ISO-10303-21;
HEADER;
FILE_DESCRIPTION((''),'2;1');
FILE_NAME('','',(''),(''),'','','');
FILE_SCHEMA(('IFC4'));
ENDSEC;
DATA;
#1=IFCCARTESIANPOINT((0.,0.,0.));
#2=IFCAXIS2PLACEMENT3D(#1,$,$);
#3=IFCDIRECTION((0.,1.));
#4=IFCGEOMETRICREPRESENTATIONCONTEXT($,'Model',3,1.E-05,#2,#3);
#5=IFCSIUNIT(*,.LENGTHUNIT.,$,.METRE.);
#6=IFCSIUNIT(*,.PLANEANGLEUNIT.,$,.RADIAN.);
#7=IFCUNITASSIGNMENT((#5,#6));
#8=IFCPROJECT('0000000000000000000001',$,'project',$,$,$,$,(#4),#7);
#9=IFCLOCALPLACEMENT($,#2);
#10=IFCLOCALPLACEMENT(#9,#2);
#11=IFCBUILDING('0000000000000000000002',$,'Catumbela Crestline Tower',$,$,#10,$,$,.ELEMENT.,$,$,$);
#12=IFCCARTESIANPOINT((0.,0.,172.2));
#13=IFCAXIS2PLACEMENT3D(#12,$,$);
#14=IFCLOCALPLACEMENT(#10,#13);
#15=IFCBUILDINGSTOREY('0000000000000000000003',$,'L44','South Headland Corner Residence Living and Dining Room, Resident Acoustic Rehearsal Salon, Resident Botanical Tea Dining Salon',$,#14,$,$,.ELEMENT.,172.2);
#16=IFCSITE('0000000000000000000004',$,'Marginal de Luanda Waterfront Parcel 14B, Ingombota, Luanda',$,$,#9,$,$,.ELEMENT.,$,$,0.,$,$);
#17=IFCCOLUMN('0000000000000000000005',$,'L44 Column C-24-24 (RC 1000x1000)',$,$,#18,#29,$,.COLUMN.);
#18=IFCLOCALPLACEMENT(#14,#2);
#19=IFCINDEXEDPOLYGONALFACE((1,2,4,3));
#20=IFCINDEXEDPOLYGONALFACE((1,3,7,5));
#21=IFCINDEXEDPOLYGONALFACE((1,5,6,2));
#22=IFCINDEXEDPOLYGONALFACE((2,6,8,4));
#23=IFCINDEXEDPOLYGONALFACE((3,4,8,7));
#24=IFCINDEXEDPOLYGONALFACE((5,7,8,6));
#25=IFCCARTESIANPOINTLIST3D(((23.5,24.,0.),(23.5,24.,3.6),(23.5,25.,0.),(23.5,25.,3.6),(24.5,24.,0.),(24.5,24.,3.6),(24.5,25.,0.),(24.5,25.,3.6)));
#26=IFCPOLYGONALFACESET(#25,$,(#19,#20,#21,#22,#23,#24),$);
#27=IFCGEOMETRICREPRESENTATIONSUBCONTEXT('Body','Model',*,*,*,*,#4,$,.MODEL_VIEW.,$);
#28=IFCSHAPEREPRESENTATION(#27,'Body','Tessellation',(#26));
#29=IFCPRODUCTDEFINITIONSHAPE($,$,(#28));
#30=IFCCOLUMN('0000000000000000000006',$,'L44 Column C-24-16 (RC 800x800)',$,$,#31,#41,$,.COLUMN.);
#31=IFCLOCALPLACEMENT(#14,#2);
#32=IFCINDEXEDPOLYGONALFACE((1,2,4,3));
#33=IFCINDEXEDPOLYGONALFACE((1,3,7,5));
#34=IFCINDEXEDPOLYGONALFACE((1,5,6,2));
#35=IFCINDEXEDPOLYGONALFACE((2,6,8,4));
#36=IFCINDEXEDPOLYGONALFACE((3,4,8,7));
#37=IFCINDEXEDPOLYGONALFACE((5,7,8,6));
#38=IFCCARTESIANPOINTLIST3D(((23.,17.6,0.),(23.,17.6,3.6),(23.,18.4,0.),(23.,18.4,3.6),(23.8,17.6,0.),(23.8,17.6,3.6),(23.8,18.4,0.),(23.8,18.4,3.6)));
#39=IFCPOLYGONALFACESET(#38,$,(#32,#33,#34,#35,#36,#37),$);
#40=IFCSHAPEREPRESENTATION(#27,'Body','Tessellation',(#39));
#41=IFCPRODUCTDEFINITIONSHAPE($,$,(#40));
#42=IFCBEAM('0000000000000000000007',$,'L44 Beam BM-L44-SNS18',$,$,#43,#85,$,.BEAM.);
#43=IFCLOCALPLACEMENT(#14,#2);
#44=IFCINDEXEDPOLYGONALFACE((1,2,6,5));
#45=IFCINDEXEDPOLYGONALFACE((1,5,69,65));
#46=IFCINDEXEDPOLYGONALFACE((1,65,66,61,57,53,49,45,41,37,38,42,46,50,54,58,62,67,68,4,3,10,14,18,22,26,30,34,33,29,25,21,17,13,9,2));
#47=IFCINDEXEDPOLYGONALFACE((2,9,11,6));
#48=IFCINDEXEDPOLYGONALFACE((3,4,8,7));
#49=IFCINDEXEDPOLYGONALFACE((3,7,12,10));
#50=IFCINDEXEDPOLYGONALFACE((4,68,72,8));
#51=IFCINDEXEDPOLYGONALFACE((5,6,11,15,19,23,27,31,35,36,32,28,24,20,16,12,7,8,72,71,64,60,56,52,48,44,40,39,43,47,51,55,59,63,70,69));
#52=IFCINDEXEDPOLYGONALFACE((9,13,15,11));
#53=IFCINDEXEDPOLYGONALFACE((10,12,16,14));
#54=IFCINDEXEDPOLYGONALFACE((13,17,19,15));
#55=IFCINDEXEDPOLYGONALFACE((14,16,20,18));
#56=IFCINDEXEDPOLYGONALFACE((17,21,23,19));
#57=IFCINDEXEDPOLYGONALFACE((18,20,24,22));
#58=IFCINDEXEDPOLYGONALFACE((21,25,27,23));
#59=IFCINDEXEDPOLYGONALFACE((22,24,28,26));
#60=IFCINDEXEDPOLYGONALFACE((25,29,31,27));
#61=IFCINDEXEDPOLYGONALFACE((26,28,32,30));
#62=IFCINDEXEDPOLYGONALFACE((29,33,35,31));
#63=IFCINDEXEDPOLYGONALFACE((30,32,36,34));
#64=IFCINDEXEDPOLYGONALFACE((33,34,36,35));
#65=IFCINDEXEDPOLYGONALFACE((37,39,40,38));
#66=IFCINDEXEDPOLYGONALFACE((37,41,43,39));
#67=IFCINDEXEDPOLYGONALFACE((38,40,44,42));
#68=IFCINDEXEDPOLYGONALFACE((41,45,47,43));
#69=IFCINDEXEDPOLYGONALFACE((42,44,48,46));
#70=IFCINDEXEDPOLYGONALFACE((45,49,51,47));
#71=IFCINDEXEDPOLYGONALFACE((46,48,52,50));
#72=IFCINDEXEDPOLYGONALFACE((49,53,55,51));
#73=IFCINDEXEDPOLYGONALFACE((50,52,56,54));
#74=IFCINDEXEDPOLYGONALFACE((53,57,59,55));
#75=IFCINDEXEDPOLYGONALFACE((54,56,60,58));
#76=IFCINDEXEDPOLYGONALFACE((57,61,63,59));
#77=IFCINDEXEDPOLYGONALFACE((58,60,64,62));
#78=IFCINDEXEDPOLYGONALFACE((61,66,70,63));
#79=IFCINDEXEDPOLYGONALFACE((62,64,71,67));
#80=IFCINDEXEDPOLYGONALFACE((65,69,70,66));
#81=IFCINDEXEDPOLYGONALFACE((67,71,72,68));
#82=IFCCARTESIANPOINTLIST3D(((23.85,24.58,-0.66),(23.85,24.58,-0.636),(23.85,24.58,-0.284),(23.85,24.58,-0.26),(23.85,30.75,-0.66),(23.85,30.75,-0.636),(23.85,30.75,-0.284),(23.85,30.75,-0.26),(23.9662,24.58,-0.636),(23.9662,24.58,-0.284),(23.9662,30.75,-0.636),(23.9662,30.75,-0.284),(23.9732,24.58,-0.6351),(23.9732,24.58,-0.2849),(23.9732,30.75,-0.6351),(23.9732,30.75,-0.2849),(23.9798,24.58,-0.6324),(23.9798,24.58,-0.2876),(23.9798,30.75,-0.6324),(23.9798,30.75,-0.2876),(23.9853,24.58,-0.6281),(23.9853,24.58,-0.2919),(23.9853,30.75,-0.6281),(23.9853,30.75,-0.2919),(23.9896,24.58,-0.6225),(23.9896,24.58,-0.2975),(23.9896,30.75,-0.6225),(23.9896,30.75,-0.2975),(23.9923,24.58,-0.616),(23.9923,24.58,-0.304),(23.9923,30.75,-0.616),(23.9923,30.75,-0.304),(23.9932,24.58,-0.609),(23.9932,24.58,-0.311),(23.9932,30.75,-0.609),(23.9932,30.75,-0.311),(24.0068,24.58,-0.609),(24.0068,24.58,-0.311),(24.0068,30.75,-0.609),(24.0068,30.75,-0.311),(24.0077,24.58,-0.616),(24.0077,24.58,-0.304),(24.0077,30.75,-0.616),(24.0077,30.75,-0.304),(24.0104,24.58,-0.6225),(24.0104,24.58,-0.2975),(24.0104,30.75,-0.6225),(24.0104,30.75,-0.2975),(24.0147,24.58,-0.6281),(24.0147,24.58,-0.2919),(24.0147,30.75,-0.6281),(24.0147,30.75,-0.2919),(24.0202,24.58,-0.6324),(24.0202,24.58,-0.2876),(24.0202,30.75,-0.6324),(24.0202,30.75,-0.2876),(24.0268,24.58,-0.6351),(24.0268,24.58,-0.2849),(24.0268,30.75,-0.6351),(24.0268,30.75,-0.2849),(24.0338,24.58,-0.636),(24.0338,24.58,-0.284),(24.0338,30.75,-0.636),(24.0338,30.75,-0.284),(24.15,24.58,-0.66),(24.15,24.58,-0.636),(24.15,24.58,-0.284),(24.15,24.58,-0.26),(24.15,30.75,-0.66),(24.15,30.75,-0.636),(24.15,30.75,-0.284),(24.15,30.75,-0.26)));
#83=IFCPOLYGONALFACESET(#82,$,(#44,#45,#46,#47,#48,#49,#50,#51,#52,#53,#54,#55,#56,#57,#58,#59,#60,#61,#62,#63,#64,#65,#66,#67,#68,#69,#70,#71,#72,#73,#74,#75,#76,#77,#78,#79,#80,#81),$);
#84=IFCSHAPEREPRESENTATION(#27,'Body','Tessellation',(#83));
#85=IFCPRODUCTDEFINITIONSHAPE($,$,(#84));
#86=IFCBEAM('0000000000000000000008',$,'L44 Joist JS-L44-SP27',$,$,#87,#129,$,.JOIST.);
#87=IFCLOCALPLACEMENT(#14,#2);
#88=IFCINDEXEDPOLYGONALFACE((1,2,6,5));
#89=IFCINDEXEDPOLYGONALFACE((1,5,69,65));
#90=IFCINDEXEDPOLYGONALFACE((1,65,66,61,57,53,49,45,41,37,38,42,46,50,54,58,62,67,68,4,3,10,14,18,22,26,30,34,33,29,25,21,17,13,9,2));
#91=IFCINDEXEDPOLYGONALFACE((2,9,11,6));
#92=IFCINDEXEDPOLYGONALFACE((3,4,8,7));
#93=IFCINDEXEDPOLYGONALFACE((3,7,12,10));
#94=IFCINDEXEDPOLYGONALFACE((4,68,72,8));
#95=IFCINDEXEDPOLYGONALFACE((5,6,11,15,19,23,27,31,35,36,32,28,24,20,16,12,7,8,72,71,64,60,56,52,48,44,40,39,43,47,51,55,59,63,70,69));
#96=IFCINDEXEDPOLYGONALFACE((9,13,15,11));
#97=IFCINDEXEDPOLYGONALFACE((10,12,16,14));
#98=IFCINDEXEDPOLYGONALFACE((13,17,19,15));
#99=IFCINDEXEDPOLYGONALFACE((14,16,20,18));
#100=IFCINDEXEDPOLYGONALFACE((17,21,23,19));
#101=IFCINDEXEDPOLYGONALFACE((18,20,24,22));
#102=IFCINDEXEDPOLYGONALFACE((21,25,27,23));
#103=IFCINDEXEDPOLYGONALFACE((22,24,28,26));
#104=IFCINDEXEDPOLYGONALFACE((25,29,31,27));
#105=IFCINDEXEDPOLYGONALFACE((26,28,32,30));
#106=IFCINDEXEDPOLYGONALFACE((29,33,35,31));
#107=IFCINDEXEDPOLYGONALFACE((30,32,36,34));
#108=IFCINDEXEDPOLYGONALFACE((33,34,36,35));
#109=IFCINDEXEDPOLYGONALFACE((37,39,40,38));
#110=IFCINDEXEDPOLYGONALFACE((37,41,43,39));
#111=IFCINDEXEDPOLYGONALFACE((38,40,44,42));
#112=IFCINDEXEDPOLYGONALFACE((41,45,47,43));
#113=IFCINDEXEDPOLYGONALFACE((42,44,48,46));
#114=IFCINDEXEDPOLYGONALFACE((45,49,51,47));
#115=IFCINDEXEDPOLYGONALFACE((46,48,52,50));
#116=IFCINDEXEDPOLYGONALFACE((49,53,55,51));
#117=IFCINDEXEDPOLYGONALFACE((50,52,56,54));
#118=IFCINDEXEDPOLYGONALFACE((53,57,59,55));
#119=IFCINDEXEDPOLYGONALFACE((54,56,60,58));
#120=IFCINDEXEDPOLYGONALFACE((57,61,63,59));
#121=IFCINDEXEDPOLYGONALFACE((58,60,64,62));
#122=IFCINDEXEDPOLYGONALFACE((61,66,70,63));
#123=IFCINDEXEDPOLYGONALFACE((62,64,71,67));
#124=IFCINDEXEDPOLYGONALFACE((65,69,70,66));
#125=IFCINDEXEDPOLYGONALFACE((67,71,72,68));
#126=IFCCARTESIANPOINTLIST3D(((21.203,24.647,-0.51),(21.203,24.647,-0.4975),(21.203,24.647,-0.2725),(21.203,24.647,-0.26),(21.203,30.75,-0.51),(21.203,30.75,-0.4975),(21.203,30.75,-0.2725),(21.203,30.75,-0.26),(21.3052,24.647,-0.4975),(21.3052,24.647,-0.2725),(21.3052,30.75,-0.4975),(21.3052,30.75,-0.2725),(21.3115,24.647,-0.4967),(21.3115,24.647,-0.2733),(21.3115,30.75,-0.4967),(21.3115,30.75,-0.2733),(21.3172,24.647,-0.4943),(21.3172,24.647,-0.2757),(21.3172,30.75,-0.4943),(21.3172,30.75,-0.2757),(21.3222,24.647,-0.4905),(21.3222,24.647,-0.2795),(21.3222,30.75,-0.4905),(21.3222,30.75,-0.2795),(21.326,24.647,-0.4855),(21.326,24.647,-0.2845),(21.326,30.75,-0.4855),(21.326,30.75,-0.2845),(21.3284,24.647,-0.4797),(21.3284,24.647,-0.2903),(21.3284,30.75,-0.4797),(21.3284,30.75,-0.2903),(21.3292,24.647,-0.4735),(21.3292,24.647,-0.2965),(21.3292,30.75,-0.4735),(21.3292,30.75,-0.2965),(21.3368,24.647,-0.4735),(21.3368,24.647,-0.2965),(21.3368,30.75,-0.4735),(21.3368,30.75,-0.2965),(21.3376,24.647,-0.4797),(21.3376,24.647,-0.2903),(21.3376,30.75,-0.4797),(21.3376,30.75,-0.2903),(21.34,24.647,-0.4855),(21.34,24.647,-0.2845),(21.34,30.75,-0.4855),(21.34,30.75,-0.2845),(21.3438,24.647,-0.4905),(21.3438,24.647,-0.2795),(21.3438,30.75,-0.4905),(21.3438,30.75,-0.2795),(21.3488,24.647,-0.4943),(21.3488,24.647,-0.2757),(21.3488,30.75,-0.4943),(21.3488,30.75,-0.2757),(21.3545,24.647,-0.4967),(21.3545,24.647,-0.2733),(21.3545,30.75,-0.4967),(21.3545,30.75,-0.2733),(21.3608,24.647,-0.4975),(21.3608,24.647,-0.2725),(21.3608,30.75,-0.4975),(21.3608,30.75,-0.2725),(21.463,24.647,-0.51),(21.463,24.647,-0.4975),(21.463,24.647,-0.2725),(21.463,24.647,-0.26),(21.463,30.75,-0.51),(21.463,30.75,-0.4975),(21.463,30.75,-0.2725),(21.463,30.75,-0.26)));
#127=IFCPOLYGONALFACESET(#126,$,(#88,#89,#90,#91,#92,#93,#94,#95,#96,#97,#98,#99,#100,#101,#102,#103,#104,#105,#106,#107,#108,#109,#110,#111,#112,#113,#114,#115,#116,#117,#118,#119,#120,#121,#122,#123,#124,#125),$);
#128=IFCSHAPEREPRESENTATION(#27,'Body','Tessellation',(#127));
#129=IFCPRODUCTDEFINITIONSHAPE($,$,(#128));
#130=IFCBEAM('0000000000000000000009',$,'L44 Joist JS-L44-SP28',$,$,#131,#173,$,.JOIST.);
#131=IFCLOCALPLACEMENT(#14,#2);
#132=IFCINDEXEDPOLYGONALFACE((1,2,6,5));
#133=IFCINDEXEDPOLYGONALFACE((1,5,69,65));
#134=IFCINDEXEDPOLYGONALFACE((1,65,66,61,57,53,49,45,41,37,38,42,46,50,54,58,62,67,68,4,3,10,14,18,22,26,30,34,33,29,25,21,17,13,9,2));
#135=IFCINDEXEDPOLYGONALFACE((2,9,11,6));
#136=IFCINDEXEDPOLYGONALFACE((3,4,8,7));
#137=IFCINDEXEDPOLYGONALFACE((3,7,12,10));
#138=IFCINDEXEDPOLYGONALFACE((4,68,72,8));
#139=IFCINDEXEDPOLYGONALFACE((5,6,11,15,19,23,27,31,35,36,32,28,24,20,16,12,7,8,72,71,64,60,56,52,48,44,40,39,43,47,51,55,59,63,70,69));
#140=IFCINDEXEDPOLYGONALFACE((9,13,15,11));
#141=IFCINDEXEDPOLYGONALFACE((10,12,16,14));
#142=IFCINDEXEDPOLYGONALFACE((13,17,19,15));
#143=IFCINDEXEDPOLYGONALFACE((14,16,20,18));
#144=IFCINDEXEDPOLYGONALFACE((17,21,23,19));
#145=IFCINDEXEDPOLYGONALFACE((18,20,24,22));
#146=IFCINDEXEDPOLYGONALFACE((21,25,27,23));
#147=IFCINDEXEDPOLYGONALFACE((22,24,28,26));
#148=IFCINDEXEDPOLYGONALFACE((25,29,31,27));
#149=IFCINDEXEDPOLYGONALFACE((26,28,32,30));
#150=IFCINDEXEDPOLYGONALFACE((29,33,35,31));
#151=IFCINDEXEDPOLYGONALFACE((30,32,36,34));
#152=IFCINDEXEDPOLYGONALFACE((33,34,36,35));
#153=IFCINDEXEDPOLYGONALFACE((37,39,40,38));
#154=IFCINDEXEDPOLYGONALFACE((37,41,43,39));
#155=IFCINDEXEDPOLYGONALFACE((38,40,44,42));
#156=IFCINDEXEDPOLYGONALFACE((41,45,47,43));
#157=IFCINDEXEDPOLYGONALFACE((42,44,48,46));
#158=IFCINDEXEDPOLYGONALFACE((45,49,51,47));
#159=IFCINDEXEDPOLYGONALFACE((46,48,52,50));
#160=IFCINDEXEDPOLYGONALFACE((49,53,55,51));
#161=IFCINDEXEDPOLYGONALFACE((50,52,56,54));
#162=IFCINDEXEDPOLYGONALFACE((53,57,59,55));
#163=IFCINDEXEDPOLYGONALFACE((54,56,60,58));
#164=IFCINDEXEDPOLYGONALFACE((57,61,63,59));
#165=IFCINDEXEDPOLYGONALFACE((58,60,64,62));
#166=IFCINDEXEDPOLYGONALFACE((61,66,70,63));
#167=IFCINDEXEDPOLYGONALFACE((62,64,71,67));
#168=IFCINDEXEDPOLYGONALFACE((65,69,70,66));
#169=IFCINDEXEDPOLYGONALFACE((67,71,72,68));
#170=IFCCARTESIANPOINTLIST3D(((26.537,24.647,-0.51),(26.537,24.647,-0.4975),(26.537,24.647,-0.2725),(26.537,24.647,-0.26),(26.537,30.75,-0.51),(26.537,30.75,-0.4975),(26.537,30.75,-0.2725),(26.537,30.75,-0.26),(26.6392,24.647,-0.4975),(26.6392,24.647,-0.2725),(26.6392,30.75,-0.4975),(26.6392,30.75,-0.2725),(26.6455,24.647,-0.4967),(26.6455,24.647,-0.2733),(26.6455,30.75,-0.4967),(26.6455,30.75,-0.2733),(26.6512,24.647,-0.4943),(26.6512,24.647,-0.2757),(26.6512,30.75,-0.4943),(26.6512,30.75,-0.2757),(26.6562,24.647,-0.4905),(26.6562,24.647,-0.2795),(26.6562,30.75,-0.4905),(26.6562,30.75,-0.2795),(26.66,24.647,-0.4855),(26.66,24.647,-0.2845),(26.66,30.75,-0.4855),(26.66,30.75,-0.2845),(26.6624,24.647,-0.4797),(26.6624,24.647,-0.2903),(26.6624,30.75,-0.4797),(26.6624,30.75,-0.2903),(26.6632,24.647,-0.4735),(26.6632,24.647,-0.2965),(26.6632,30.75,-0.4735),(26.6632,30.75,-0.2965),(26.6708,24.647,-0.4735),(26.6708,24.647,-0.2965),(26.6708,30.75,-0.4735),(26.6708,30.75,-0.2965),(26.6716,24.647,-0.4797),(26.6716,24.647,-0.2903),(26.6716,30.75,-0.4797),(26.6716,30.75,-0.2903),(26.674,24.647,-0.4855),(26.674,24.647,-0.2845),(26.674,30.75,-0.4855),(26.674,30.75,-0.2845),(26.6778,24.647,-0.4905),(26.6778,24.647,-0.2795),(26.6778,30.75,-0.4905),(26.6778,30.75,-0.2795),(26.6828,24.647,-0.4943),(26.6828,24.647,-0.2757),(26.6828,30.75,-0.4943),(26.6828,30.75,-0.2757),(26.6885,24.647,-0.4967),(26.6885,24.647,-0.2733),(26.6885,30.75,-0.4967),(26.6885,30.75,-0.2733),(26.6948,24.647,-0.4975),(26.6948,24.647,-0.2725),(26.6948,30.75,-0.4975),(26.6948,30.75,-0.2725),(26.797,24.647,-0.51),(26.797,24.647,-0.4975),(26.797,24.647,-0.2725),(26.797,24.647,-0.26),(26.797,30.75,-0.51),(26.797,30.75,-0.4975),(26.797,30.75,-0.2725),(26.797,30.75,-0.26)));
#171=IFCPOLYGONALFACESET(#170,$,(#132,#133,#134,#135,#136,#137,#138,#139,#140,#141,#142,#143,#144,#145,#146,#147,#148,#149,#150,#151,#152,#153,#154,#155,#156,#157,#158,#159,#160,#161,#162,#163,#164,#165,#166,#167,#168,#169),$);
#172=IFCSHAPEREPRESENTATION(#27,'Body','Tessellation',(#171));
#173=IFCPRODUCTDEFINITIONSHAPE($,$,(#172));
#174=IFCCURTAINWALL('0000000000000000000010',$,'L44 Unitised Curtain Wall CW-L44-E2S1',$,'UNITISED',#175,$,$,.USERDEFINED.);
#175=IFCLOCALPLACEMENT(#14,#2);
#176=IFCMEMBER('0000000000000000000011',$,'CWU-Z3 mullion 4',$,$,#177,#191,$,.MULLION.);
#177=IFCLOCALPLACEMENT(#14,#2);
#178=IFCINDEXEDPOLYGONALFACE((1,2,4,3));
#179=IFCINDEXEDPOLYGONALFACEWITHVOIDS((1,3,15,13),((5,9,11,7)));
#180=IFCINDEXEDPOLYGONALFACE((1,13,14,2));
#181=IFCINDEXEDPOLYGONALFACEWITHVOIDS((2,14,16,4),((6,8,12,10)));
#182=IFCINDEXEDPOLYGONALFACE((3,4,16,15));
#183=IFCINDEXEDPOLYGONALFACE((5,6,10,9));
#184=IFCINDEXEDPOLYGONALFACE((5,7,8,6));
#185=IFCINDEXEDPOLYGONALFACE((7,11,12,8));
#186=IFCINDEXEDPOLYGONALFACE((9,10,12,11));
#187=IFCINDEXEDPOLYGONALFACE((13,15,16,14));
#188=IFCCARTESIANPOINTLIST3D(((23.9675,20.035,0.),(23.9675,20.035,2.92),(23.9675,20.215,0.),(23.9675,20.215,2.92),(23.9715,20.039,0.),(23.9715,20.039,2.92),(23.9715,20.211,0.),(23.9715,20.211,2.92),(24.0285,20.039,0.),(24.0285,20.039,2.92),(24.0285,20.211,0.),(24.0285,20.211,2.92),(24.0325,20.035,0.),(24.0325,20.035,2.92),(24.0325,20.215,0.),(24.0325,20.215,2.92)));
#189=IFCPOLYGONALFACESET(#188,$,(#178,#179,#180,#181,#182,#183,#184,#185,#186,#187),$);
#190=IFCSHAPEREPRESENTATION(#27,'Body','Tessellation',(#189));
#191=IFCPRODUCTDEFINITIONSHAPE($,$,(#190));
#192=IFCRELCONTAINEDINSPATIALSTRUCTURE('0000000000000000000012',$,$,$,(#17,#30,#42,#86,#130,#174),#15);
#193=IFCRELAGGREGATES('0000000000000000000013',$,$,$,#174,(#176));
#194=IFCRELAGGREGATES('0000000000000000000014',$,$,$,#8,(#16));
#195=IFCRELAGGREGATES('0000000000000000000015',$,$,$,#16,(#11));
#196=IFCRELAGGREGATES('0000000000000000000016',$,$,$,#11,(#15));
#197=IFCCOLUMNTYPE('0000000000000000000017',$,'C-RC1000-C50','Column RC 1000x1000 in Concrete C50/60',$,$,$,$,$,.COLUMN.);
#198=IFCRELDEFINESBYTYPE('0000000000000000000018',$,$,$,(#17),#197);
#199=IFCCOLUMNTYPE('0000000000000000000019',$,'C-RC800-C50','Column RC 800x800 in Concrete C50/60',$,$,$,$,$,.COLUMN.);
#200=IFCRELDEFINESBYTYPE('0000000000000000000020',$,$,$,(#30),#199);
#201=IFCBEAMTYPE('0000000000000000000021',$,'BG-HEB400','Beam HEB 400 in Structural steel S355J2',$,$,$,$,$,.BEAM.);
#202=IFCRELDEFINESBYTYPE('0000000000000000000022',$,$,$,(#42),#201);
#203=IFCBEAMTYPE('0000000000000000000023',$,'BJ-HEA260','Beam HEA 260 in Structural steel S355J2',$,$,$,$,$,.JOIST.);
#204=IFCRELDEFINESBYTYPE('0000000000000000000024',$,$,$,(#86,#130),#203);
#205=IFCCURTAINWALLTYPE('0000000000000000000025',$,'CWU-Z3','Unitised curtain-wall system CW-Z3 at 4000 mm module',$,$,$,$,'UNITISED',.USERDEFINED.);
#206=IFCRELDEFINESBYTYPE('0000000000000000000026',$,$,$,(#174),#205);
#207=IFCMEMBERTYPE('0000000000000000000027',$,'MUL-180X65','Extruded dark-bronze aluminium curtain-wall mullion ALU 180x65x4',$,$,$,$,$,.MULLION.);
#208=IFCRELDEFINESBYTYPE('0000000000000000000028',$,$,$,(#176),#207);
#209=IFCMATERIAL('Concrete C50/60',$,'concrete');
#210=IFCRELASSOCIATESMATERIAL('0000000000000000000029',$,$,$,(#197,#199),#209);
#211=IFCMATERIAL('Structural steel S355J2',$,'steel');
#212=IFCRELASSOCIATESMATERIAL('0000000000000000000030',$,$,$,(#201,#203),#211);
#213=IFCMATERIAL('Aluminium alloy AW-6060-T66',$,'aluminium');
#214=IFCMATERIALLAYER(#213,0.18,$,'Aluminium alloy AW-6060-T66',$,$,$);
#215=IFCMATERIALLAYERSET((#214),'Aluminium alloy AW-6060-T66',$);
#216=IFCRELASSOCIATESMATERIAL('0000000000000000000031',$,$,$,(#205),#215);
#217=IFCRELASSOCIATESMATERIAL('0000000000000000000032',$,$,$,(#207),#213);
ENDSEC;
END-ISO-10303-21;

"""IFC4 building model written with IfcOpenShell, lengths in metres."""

from ifc_helpers import new_model, si_unit, direction, frame, origin, origin_2d, place, context, subcontext, project, spatial, rectangle, hollow_rectangle, i_section, extrude, material, layer, layer_set, material_profile, profile_set, type_object, element, aggregate, save


model = new_model("IFC4")

# Units and contexts
model_context = context("Model", 3, precision=1e-05, world=origin(), true_north=direction((0.0, 1.0)))
body_context = subcontext(model_context, "Body", "Model", "MODEL_VIEW")
ifc_project = project(units=[si_unit("LENGTHUNIT", "METRE"), si_unit("PLANEANGLEUNIT", "RADIAN")], contexts=[model_context])

# Site, building, storey
site_placement = place(None, origin())
site = spatial("IfcSite", under=ifc_project, at=site_placement, Name="Marginal de Luanda Waterfront Parcel 14B, Ingombota, Luanda", CompositionType="ELEMENT", RefElevation=0.0)
building_placement = place(site_placement, origin())
building = spatial("IfcBuilding", under=site, at=building_placement, Name="Catumbela Crestline Tower", CompositionType="ELEMENT")
storey_placement = place(building_placement, frame((0.0, 0.0, 172.2)))
storey = spatial("IfcBuildingStorey", under=building, at=storey_placement, Name="L44", Description="South Headland Corner Residence Living and Dining Room, Resident Acoustic Rehearsal Salon, Resident Botanical Tea Dining Salon", CompositionType="ELEMENT", Elevation=172.2)

# Columns
ifc_material_1 = material(Name="Concrete C50/60", Category="concrete")
ifc_material_profile_1 = material_profile(ifc_material_1, rectangle(XDim=1.0, YDim=1.0, at=origin_2d()), Name="RC 1000x1000")
ifc_profile_set_1 = profile_set([ifc_material_profile_1], Name="Concrete C50/60")
column_type_1 = type_object("IfcColumnType", Name="C-RC1000-C50", Description="Column RC 1000x1000 in Concrete C50/60", PredefinedType="COLUMN", material=ifc_profile_set_1)
column_1_placement = place(storey_placement, frame((24.0, 24.5, 0.0), z_axis=(0.0, 0.0, 1.0), x_axis=(1.0, 0.0, 0.0)))
element("IfcColumn", 1, at=column_1_placement, inside=storey, type_object=column_type_1, Name="L44 Column C-24-24 (RC 1000x1000)", PredefinedType="COLUMN", context=body_context, shape_type="SweptSolid", body=[
    extrude(rectangle(XDim=1.0, YDim=1.0, at=origin_2d()), origin(), (0.0, 0.0, 1.0), 3.6),
])
ifc_material_profile_2 = material_profile(ifc_material_1, rectangle(XDim=0.8, YDim=0.8, at=origin_2d()), Name="RC 800x800")
ifc_profile_set_2 = profile_set([ifc_material_profile_2], Name="Concrete C50/60")
column_type_2 = type_object("IfcColumnType", Name="C-RC800-C50", Description="Column RC 800x800 in Concrete C50/60", PredefinedType="COLUMN", material=ifc_profile_set_2)
column_2_placement = place(storey_placement, frame((23.4, 18.0, 0.0), z_axis=(0.0, 0.0, 1.0), x_axis=(1.0, 0.0, 0.0)))
element("IfcColumn", 2, at=column_2_placement, inside=storey, type_object=column_type_2, Name="L44 Column C-24-16 (RC 800x800)", PredefinedType="COLUMN", context=body_context, shape_type="SweptSolid", body=[
    extrude(rectangle(XDim=0.8, YDim=0.8, at=origin_2d()), origin(), (0.0, 0.0, 1.0), 3.6),
])

# Beams
ifc_material_2 = material(Name="Structural steel S355J2", Category="steel")
ifc_material_profile_3 = material_profile(ifc_material_2, i_section(OverallWidth=0.3, OverallDepth=0.4, WebThickness=0.0135, FlangeThickness=0.024, FilletRadius=0.027, at=origin_2d()), Name="HEB 400")
ifc_profile_set_3 = profile_set([ifc_material_profile_3], Name="Structural steel S355J2")
beam_type_1 = type_object("IfcBeamType", Name="BG-HEB400", Description="Beam HEB 400 in Structural steel S355J2", PredefinedType="BEAM", material=ifc_profile_set_3)
beam_1_placement = place(storey_placement, frame((24.0, 24.58, -0.46), z_axis=(0.0, 1.0, 0.0), x_axis=(-1.0, 0.0, 0.0)))
element("IfcBeam", 3, at=beam_1_placement, inside=storey, type_object=beam_type_1, Name="L44 Beam BM-L44-SNS18", PredefinedType="BEAM", context=body_context, shape_type="SweptSolid", body=[
    extrude(i_section(OverallWidth=0.3, OverallDepth=0.4, WebThickness=0.0135, FlangeThickness=0.024, FilletRadius=0.027, at=origin_2d()), origin(), (0.0, 0.0, 1.0), 6.17),
])
ifc_material_profile_4 = material_profile(ifc_material_2, i_section(OverallWidth=0.26, OverallDepth=0.25, WebThickness=0.0075, FlangeThickness=0.0125, FilletRadius=0.024, at=origin_2d()), Name="HEA 260")
ifc_profile_set_4 = profile_set([ifc_material_profile_4], Name="Structural steel S355J2")
beam_type_2 = type_object("IfcBeamType", Name="BJ-HEA260", Description="Beam HEA 260 in Structural steel S355J2", PredefinedType="JOIST", material=ifc_profile_set_4)
for number, where, z_axis, x_axis, name in (
    (4, (21.333, 24.647, -0.385), (0.0, 1.0, 0.0), (-1.0, 0.0, 0.0), "L44 Joist JS-L44-SP27"),
    (5, (26.667, 24.647, -0.385), (0.0, 1.0, 0.0), (-1.0, 0.0, 0.0), "L44 Joist JS-L44-SP28"),
):
    element("IfcBeam", number, at=place(storey_placement, frame(where, z_axis=z_axis, x_axis=x_axis)), inside=storey, type_object=beam_type_2, Name=name, PredefinedType="JOIST", context=body_context, shape_type="SweptSolid", body=[
        extrude(i_section(OverallWidth=0.26, OverallDepth=0.25, WebThickness=0.0075, FlangeThickness=0.0125, FilletRadius=0.024, at=origin_2d()), origin(), (0.0, 0.0, 1.0), 6.103),
    ])

# Curtain wall, member
ifc_material_3 = material(Name="Aluminium alloy AW-6060-T66", Category="aluminium")
ifc_layer_1 = layer(ifc_material_3, 0.18, Name="Aluminium alloy AW-6060-T66")
ifc_layer_set_1 = layer_set([ifc_layer_1], Name="Aluminium alloy AW-6060-T66")
curtain_wall_type = type_object("IfcCurtainWallType", Name="CWU-Z3", Description="Unitised curtain-wall system CW-Z3 at 4000 mm module", ElementType="UNITISED", PredefinedType="USERDEFINED", material=ifc_layer_set_1)
curtain_wall_1_placement = place(storey_placement, origin())
curtain_wall_1 = element("IfcCurtainWall", 6, at=curtain_wall_1_placement, inside=storey, type_object=curtain_wall_type, Name="L44 Unitised Curtain Wall CW-L44-E2S1", ObjectType="UNITISED", PredefinedType="USERDEFINED")
ifc_material_profile_5 = material_profile(ifc_material_3, hollow_rectangle(XDim=0.065, YDim=0.18, WallThickness=0.004, at=origin_2d()), Name="ALU 180x65x4")
ifc_profile_set_5 = profile_set([ifc_material_profile_5], Name="Aluminium alloy AW-6060-T66")
member_type_1 = type_object("IfcMemberType", Name="MUL-180X65", Description="Extruded dark-bronze aluminium curtain-wall mullion ALU 180x65x4", PredefinedType="MULLION", material=ifc_profile_set_5)
member_1_placement = place(storey_placement, frame((24.0, 20.125, 0.0), z_axis=(0.0, 0.0, 1.0), x_axis=(-1.0, 0.0, 0.0)))
member_1 = element("IfcMember", 7, at=member_1_placement, type_object=member_type_1, Name="CWU-Z3 mullion 4", PredefinedType="MULLION", context=body_context, shape_type="SweptSolid", body=[
    extrude(hollow_rectangle(XDim=0.065, YDim=0.18, WallThickness=0.004, at=origin_2d()), origin(), (0.0, 0.0, 1.0), 2.92),
])

aggregate(curtain_wall_1, [member_1])

save(model, "model.ifc")
